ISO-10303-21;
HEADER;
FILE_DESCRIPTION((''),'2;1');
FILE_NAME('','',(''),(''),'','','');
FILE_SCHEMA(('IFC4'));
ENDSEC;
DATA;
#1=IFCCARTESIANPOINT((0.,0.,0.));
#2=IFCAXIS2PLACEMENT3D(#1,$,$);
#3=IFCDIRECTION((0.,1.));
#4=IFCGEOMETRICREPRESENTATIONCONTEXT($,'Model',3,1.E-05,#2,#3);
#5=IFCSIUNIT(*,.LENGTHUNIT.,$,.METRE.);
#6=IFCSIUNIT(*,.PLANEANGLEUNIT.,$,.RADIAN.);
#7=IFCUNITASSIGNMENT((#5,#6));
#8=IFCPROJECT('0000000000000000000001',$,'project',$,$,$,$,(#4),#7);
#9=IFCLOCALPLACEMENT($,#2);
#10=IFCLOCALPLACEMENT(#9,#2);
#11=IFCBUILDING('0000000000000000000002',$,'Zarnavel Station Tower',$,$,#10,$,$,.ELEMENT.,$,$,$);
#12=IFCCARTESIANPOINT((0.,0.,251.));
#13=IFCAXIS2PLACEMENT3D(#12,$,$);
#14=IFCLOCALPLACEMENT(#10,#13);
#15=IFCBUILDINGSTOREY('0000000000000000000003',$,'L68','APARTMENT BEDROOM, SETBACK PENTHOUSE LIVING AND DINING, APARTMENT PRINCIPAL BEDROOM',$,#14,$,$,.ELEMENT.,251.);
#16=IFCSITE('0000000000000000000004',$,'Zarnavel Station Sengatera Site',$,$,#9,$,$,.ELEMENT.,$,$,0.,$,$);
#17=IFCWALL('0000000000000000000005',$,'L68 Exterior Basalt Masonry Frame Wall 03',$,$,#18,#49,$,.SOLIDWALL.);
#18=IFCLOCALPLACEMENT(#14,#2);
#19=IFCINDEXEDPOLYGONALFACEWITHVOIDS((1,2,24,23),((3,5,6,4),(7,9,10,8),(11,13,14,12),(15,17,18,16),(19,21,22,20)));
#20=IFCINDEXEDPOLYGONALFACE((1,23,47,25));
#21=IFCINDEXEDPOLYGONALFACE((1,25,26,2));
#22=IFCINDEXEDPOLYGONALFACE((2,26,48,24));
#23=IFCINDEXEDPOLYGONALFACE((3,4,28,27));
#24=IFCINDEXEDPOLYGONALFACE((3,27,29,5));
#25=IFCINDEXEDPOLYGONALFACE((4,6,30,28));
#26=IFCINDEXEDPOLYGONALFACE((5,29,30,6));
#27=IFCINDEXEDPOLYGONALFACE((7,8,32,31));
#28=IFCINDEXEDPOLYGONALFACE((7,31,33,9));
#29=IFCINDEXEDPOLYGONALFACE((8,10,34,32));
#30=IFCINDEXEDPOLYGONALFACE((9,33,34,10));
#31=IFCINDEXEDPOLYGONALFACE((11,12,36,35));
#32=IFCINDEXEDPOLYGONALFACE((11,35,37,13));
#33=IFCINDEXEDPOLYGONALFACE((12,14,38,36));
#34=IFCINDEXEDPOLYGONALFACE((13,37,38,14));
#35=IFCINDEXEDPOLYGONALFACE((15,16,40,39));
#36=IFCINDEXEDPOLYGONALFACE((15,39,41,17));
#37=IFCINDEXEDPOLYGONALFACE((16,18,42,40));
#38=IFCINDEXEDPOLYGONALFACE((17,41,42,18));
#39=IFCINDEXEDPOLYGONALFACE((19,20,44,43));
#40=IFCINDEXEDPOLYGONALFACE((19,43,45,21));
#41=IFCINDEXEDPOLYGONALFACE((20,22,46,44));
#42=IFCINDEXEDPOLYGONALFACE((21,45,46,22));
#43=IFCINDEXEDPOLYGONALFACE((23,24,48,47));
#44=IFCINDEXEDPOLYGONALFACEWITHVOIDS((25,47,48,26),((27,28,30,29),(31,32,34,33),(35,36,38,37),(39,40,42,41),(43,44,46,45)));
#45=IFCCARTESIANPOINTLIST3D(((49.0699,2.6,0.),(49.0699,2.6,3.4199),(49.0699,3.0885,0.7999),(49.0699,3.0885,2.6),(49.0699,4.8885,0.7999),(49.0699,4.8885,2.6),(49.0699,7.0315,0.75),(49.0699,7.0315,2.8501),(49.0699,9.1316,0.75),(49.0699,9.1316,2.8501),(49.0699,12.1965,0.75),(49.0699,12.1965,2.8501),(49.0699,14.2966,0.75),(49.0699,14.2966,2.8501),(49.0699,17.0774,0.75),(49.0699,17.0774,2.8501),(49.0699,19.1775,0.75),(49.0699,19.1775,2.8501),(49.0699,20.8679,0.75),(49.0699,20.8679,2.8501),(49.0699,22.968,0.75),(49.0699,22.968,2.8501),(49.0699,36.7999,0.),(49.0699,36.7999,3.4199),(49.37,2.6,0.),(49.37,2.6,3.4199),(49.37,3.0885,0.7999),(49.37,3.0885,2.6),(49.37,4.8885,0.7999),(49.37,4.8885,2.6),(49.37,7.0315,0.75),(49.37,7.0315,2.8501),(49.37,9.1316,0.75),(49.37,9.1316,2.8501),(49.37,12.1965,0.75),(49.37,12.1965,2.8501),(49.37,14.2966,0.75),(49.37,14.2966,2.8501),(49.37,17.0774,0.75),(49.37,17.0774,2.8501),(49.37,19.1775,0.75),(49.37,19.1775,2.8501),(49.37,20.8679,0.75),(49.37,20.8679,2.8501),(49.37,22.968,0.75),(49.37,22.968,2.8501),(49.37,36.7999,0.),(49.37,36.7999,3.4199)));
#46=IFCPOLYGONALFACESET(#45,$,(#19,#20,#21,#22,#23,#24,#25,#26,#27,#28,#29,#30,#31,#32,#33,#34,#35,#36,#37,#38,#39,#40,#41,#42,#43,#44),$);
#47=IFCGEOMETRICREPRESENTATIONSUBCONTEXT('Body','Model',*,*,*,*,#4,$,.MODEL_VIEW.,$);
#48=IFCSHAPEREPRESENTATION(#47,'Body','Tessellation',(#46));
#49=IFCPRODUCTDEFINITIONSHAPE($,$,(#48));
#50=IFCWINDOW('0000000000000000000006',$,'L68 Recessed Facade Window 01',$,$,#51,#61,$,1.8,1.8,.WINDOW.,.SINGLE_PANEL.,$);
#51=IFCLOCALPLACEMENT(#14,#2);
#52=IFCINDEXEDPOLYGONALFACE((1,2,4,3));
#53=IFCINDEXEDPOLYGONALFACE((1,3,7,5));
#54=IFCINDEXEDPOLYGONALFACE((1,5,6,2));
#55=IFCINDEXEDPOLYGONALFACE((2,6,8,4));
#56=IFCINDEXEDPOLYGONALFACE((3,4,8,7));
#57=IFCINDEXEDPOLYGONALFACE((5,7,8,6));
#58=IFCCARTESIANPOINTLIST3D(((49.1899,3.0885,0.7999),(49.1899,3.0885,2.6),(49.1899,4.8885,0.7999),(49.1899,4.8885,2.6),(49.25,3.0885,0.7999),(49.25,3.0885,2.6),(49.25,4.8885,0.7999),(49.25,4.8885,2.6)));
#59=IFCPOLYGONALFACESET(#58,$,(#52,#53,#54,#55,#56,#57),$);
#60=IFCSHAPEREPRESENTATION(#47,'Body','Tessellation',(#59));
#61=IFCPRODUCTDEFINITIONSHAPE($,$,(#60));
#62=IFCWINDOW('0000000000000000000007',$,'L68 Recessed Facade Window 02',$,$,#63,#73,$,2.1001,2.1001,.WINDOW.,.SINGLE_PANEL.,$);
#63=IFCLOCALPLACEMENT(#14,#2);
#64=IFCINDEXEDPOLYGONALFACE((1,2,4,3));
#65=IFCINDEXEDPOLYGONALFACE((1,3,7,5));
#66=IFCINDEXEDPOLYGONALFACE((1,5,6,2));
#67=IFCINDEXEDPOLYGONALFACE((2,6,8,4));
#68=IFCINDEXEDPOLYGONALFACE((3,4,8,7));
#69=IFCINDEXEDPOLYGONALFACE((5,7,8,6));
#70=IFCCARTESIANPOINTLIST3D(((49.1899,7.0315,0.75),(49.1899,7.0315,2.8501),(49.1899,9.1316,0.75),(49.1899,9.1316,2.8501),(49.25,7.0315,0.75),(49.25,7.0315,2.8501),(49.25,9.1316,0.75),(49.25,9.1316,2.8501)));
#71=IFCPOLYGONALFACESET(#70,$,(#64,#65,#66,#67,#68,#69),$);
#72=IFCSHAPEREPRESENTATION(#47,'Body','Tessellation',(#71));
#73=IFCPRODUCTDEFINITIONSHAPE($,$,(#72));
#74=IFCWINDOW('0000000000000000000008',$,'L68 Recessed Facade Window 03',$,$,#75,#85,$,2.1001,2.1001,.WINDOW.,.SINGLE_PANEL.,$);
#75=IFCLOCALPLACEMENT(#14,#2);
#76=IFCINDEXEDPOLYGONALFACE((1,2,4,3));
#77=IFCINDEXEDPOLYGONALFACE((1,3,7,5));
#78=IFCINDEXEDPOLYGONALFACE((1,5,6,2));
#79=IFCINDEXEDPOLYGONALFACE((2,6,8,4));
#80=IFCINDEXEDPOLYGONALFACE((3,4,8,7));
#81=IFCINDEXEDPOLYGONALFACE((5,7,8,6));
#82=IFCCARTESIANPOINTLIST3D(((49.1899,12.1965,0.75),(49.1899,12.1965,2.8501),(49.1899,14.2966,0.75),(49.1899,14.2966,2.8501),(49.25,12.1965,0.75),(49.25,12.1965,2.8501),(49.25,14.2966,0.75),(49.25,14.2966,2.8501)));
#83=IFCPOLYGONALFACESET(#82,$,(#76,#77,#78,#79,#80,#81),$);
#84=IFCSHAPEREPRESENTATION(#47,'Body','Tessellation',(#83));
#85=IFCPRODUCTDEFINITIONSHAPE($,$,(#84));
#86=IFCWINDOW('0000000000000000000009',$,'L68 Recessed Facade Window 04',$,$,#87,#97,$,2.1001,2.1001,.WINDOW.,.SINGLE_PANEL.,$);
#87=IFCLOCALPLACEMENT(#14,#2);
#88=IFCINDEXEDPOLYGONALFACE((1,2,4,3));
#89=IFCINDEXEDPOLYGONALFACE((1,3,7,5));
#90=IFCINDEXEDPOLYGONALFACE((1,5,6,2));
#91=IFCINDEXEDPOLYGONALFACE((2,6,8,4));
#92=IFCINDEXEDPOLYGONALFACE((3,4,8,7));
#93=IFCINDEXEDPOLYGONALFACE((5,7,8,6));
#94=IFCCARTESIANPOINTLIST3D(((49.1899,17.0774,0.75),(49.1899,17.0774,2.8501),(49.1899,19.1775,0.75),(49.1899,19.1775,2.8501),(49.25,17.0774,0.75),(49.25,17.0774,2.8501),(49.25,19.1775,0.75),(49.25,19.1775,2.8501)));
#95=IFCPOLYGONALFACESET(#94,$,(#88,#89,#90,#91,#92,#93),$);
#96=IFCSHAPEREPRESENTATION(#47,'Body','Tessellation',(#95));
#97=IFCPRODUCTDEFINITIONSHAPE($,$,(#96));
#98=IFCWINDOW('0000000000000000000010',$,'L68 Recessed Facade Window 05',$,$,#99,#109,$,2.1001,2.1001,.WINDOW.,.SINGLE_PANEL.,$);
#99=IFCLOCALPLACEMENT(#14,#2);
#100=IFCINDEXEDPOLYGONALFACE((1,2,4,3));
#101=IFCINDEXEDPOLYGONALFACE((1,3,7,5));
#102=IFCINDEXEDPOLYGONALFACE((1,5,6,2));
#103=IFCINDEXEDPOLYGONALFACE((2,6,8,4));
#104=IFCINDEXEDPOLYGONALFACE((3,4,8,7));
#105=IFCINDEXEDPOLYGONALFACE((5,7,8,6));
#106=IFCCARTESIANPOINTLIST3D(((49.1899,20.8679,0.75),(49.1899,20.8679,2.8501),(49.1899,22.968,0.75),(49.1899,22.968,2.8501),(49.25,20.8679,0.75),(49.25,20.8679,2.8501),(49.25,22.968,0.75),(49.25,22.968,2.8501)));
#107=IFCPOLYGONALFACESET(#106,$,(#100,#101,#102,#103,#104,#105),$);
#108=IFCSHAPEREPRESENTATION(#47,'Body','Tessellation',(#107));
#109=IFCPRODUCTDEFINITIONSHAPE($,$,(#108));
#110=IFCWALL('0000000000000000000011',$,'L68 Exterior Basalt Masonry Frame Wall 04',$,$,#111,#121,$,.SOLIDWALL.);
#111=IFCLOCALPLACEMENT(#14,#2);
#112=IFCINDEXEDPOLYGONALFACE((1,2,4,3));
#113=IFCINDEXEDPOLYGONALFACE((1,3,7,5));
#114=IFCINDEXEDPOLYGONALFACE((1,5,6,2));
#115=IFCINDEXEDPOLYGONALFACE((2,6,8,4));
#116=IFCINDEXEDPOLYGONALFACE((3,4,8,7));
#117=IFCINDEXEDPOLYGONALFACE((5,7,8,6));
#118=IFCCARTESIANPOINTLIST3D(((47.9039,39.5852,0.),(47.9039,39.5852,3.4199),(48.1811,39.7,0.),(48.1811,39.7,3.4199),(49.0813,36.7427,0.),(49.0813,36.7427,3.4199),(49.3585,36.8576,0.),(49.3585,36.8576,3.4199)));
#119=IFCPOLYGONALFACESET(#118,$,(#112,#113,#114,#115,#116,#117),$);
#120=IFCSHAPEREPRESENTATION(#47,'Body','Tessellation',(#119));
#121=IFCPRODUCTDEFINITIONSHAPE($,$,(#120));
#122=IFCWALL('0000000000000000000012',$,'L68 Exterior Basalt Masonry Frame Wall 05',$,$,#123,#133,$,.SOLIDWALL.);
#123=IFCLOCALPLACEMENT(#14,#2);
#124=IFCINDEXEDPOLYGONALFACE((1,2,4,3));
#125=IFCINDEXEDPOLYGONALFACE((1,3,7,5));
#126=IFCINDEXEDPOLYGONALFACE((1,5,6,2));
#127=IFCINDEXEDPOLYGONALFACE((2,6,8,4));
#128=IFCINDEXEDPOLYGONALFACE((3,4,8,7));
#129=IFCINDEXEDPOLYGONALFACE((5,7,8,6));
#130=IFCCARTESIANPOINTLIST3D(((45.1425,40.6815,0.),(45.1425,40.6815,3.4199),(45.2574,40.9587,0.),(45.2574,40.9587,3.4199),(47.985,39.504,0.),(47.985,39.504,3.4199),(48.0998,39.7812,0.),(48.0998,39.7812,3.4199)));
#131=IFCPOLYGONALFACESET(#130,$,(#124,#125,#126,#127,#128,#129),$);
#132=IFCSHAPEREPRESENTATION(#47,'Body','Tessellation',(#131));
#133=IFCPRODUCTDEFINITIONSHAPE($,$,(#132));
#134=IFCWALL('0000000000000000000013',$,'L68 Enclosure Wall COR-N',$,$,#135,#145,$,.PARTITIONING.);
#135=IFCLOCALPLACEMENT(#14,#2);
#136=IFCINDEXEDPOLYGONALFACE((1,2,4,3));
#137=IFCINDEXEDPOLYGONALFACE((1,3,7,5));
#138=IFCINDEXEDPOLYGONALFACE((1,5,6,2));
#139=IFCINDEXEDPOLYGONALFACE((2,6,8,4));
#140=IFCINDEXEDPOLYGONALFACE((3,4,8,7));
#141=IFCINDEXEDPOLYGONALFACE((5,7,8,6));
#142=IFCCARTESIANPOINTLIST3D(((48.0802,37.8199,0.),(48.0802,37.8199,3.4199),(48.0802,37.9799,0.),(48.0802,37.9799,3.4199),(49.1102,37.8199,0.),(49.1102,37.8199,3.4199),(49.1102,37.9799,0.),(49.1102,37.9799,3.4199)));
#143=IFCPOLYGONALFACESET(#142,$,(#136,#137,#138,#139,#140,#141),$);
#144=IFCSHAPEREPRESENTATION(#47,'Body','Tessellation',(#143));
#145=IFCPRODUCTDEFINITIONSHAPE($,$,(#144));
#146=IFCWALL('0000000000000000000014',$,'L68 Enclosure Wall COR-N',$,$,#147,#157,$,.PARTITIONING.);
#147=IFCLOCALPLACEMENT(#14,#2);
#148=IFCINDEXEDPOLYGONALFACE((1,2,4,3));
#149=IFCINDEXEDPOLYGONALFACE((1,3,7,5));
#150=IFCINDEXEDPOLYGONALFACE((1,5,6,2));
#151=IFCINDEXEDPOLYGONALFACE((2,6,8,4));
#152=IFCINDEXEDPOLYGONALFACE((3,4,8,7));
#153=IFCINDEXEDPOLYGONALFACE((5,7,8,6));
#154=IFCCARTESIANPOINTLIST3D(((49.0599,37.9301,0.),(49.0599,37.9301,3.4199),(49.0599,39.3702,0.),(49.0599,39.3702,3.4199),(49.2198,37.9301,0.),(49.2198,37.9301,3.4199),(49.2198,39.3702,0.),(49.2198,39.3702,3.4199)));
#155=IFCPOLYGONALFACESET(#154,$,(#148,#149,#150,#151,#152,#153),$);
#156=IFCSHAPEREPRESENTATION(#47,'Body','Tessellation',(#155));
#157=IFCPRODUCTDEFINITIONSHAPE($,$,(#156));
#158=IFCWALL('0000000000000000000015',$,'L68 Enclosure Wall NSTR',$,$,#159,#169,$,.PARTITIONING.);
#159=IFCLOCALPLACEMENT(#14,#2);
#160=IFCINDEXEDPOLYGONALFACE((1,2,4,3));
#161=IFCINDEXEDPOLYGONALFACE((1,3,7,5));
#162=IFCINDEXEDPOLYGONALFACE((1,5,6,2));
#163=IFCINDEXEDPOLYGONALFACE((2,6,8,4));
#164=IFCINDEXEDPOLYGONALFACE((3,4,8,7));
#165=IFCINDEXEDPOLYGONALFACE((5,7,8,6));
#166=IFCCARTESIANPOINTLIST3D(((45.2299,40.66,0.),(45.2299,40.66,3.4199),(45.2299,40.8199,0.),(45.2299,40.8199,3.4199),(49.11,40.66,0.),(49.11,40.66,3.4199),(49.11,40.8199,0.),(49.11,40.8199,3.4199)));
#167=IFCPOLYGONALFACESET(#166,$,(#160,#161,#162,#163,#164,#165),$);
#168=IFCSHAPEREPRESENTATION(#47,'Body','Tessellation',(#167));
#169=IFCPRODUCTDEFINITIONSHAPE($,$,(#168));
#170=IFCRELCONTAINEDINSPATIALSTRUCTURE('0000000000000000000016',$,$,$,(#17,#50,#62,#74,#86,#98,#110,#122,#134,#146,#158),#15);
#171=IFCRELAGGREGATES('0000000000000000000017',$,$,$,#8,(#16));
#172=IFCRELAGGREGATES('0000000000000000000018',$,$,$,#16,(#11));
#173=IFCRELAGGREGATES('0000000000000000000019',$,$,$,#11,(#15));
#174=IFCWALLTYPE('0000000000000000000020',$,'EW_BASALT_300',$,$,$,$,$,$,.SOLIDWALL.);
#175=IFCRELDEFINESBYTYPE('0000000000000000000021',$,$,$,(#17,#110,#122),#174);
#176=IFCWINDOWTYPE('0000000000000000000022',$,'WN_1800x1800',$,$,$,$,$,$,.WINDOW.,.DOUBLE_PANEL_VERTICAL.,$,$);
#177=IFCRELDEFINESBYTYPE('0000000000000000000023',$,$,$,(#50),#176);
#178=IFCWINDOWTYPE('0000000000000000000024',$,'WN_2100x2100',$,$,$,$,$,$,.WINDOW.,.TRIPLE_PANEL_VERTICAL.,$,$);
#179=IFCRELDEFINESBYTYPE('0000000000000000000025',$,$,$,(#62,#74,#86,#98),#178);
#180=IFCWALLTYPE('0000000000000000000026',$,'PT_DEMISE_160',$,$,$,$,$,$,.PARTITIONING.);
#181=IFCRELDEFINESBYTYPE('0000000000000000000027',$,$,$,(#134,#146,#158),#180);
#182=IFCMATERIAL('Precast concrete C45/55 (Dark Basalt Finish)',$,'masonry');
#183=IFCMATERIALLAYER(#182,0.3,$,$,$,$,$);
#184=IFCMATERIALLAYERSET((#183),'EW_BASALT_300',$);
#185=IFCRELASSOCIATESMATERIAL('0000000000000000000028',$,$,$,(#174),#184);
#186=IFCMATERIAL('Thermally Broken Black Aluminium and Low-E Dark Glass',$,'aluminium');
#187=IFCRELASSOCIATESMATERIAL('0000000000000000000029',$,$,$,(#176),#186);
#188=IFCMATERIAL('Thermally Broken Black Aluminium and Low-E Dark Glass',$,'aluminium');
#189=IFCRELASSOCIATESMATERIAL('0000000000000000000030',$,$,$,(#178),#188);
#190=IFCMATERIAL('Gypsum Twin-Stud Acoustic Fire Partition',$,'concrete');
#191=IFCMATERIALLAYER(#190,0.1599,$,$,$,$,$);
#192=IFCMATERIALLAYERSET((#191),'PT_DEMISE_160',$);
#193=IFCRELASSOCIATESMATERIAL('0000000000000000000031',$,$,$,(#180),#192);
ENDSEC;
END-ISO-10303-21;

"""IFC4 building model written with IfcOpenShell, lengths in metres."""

from ifc_helpers import new_model, si_unit, direction, frame, frame_2d, origin, place, context, subcontext, project, spatial, rectangle, extrude, material, layer, layer_set, type_object, element, fill, save


model = new_model("IFC4")

# Units and contexts
model_context = context("Model", 3, precision=1e-05, world=origin(), true_north=direction((0.0, 1.0)))
body_context = subcontext(model_context, "Body", "Model", "MODEL_VIEW")
ifc_project = project(units=[si_unit("LENGTHUNIT", "METRE"), si_unit("PLANEANGLEUNIT", "RADIAN")], contexts=[model_context])

# Site, building, storey
site_placement = place(None, origin())
site = spatial("IfcSite", under=ifc_project, at=site_placement, Name="Zarnavel Station Sengatera Site", CompositionType="ELEMENT", RefElevation=0.0)
building_placement = place(site_placement, origin())
building = spatial("IfcBuilding", under=site, at=building_placement, Name="Zarnavel Station Tower", CompositionType="ELEMENT")
storey_placement = place(building_placement, frame((0.0, 0.0, 251.0)))
storey = spatial("IfcBuildingStorey", under=building, at=storey_placement, Name="L68", Description="APARTMENT BEDROOM, SETBACK PENTHOUSE LIVING AND DINING, APARTMENT PRINCIPAL BEDROOM", CompositionType="ELEMENT", Elevation=251.0)

# Wall, openings, windows
ifc_material_1 = material(Name="Precast concrete C45/55 (Dark Basalt Finish)", Category="masonry")
ifc_layer_1 = layer(ifc_material_1, 0.3)
ifc_layer_set_1 = layer_set([ifc_layer_1], Name="EW_BASALT_300")
wall_type_1 = type_object("IfcWallType", Name="EW_BASALT_300", PredefinedType="SOLIDWALL", material=ifc_layer_set_1)
wall_1_placement = place(storey_placement, frame((49.22, 36.8, 0.0), z_axis=(0.0, 0.0, 1.0), x_axis=(0.0, -1.0, 0.0)))
wall_1 = element("IfcWall", 1, at=wall_1_placement, inside=storey, type_object=wall_type_1, Name="L68 Exterior Basalt Masonry Frame Wall 03", PredefinedType="SOLIDWALL", context=body_context, shape_type="SweptSolid", body=[
    extrude(rectangle(XDim=34.2, YDim=0.3, at=frame_2d((17.1001, 0.0))), origin(), (0.0, 0.0, 1.0), 3.4199),
])
opening_1_placement = place(wall_1_placement, frame((31.9116, 0.0, 0.8)))
opening_1 = element("IfcOpeningElement", 2, at=opening_1_placement, cuts=wall_1, PredefinedType="OPENING", context=body_context, shape_type="SweptSolid", body=[
    extrude(rectangle(XDim=1.8, YDim=1.8, at=frame_2d((0.8999, 0.8999))), frame((0.0, 0.1599, 0.0), z_axis=(0.0, -1.0, 0.0), x_axis=(1.0, 0.0, 0.0)), (0.0, 0.0, 1.0), 0.3201),
])
opening_2_placement = place(wall_1_placement, frame((27.6685, 0.0, 0.75)))
opening_2 = element("IfcOpeningElement", 3, at=opening_2_placement, cuts=wall_1, PredefinedType="OPENING", context=body_context, shape_type="SweptSolid", body=[
    extrude(rectangle(XDim=2.1001, YDim=2.1001, at=frame_2d((1.05, 1.05))), frame((0.0, 0.1599, 0.0), z_axis=(0.0, -1.0, 0.0), x_axis=(1.0, 0.0, 0.0)), (0.0, 0.0, 1.0), 0.3201),
])
opening_3_placement = place(wall_1_placement, frame((22.5034, 0.0, 0.75)))
opening_3 = element("IfcOpeningElement", 4, at=opening_3_placement, cuts=wall_1, PredefinedType="OPENING", context=body_context, shape_type="SweptSolid", body=[
    extrude(rectangle(XDim=2.1001, YDim=2.1001, at=frame_2d((1.05, 1.05))), frame((0.0, 0.1599, 0.0), z_axis=(0.0, -1.0, 0.0), x_axis=(1.0, 0.0, 0.0)), (0.0, 0.0, 1.0), 0.3201),
])
opening_4_placement = place(wall_1_placement, frame((17.6226, 0.0, 0.75)))
opening_4 = element("IfcOpeningElement", 5, at=opening_4_placement, cuts=wall_1, PredefinedType="OPENING", context=body_context, shape_type="SweptSolid", body=[
    extrude(rectangle(XDim=2.1001, YDim=2.1001, at=frame_2d((1.05, 1.05))), frame((0.0, 0.1599, 0.0), z_axis=(0.0, -1.0, 0.0), x_axis=(1.0, 0.0, 0.0)), (0.0, 0.0, 1.0), 0.3201),
])
opening_5_placement = place(wall_1_placement, frame((13.832, 0.0, 0.75)))
opening_5 = element("IfcOpeningElement", 6, at=opening_5_placement, cuts=wall_1, PredefinedType="OPENING", context=body_context, shape_type="SweptSolid", body=[
    extrude(rectangle(XDim=2.1001, YDim=2.1001, at=frame_2d((1.05, 1.05))), frame((0.0, 0.1599, 0.0), z_axis=(0.0, -1.0, 0.0), x_axis=(1.0, 0.0, 0.0)), (0.0, 0.0, 1.0), 0.3201),
])
ifc_material_2 = material(Name="Thermally Broken Black Aluminium and Low-E Dark Glass", Category="aluminium")
window_type_1 = type_object("IfcWindowType", Name="WN_1800x1800", PartitioningType="DOUBLE_PANEL_VERTICAL", PredefinedType="WINDOW", material=ifc_material_2)
window_1_placement = place(opening_1_placement, origin())
window_1 = element("IfcWindow", 7, at=window_1_placement, inside=storey, type_object=window_type_1, Name="L68 Recessed Facade Window 01", OverallHeight=1.8, OverallWidth=1.8, PartitioningType="SINGLE_PANEL", PredefinedType="WINDOW", context=body_context, shape_type="SweptSolid", body=[
    extrude(rectangle(XDim=1.8, YDim=1.8, at=frame_2d((0.8999, 0.8999))), frame((0.0, 0.03, 0.0), z_axis=(0.0, -1.0, 0.0), x_axis=(1.0, 0.0, 0.0)), (0.0, 0.0, 1.0), 0.0601),
])
fill(opening_1, window_1)
ifc_material_3 = material(Name="Thermally Broken Black Aluminium and Low-E Dark Glass", Category="aluminium")
window_type_2 = type_object("IfcWindowType", Name="WN_2100x2100", PartitioningType="TRIPLE_PANEL_VERTICAL", PredefinedType="WINDOW", material=ifc_material_3)
window_2_placement = place(opening_2_placement, origin())
window_2 = element("IfcWindow", 8, at=window_2_placement, inside=storey, type_object=window_type_2, Name="L68 Recessed Facade Window 02", OverallHeight=2.1001, OverallWidth=2.1001, PartitioningType="SINGLE_PANEL", PredefinedType="WINDOW", context=body_context, shape_type="SweptSolid", body=[
    extrude(rectangle(XDim=2.1001, YDim=2.1001, at=frame_2d((1.05, 1.05))), frame((0.0, 0.03, 0.0), z_axis=(0.0, -1.0, 0.0), x_axis=(1.0, 0.0, 0.0)), (0.0, 0.0, 1.0), 0.0601),
])
fill(opening_2, window_2)
window_3_placement = place(opening_3_placement, origin())
window_3 = element("IfcWindow", 9, at=window_3_placement, inside=storey, type_object=window_type_2, Name="L68 Recessed Facade Window 03", OverallHeight=2.1001, OverallWidth=2.1001, PartitioningType="SINGLE_PANEL", PredefinedType="WINDOW", context=body_context, shape_type="SweptSolid", body=[
    extrude(rectangle(XDim=2.1001, YDim=2.1001, at=frame_2d((1.05, 1.05))), frame((0.0, 0.03, 0.0), z_axis=(0.0, -1.0, 0.0), x_axis=(1.0, 0.0, 0.0)), (0.0, 0.0, 1.0), 0.0601),
])
fill(opening_3, window_3)
window_4_placement = place(opening_4_placement, origin())
window_4 = element("IfcWindow", 10, at=window_4_placement, inside=storey, type_object=window_type_2, Name="L68 Recessed Facade Window 04", OverallHeight=2.1001, OverallWidth=2.1001, PartitioningType="SINGLE_PANEL", PredefinedType="WINDOW", context=body_context, shape_type="SweptSolid", body=[
    extrude(rectangle(XDim=2.1001, YDim=2.1001, at=frame_2d((1.05, 1.05))), frame((0.0, 0.03, 0.0), z_axis=(0.0, -1.0, 0.0), x_axis=(1.0, 0.0, 0.0)), (0.0, 0.0, 1.0), 0.0601),
])
fill(opening_4, window_4)
window_5_placement = place(opening_5_placement, origin())
window_5 = element("IfcWindow", 11, at=window_5_placement, inside=storey, type_object=window_type_2, Name="L68 Recessed Facade Window 05", OverallHeight=2.1001, OverallWidth=2.1001, PartitioningType="SINGLE_PANEL", PredefinedType="WINDOW", context=body_context, shape_type="SweptSolid", body=[
    extrude(rectangle(XDim=2.1001, YDim=2.1001, at=frame_2d((1.05, 1.05))), frame((0.0, 0.03, 0.0), z_axis=(0.0, -1.0, 0.0), x_axis=(1.0, 0.0, 0.0)), (0.0, 0.0, 1.0), 0.0601),
])
fill(opening_5, window_5)

# Walls
for number, where, z_axis, x_axis, name in (
    (12, (48.0425, 39.6426, 0.0), (0.0, 0.0, 1.0), (0.382705, -0.923871, 0.0), "L68 Exterior Basalt Masonry Frame Wall 04"),
    (13, (45.2, 40.8201, 0.0), (0.0, 0.0, 1.0), (0.923871, -0.382705, 0.0), "L68 Exterior Basalt Masonry Frame Wall 05"),
):
    element("IfcWall", number, at=place(storey_placement, frame(where, z_axis=z_axis, x_axis=x_axis)), inside=storey, type_object=wall_type_1, Name=name, PredefinedType="SOLIDWALL", context=body_context, shape_type="SweptSolid", body=[
        extrude(rectangle(XDim=3.0767, YDim=0.3, at=frame_2d((1.5383, 0.0))), origin(), (0.0, 0.0, 1.0), 3.4199),
    ])
ifc_material_4 = material(Name="Gypsum Twin-Stud Acoustic Fire Partition", Category="concrete")
ifc_layer_2 = layer(ifc_material_4, 0.1599)
ifc_layer_set_2 = layer_set([ifc_layer_2], Name="PT_DEMISE_160")
wall_type_2 = type_object("IfcWallType", Name="PT_DEMISE_160", PredefinedType="PARTITIONING", material=ifc_layer_set_2)
wall_2_placement = place(storey_placement, frame((48.0801, 37.8999, 0.0), z_axis=(0.0, 0.0, 1.0), x_axis=(1.0, 0.0, 0.0)))
element("IfcWall", 14, at=wall_2_placement, inside=storey, type_object=wall_type_2, Name="L68 Enclosure Wall COR-N", PredefinedType="PARTITIONING", context=body_context, shape_type="SweptSolid", body=[
    extrude(rectangle(XDim=1.03, YDim=0.1599, at=frame_2d((0.5151, 0.0))), origin(), (0.0, 0.0, 1.0), 3.4199),
])
wall_3_placement = place(storey_placement, frame((49.1399, 37.9299, 0.0), z_axis=(0.0, 0.0, 1.0), x_axis=(0.0, 1.0, 0.0)))
element("IfcWall", 15, at=wall_3_placement, inside=storey, type_object=wall_type_2, Name="L68 Enclosure Wall COR-N", PredefinedType="PARTITIONING", context=body_context, shape_type="SweptSolid", body=[
    extrude(rectangle(XDim=1.4402, YDim=0.1599, at=frame_2d((0.7202, 0.0))), origin(), (0.0, 0.0, 1.0), 3.4199),
])
wall_4_placement = place(storey_placement, frame((45.23, 40.74, 0.0), z_axis=(0.0, 0.0, 1.0), x_axis=(1.0, 0.0, 0.0)))
element("IfcWall", 16, at=wall_4_placement, inside=storey, type_object=wall_type_2, Name="L68 Enclosure Wall NSTR", PredefinedType="PARTITIONING", context=body_context, shape_type="SweptSolid", body=[
    extrude(rectangle(XDim=3.8801, YDim=0.1599, at=frame_2d((1.9399, 0.0))), origin(), (0.0, 0.0, 1.0), 3.4199),
])

save(model, "model.ifc")
